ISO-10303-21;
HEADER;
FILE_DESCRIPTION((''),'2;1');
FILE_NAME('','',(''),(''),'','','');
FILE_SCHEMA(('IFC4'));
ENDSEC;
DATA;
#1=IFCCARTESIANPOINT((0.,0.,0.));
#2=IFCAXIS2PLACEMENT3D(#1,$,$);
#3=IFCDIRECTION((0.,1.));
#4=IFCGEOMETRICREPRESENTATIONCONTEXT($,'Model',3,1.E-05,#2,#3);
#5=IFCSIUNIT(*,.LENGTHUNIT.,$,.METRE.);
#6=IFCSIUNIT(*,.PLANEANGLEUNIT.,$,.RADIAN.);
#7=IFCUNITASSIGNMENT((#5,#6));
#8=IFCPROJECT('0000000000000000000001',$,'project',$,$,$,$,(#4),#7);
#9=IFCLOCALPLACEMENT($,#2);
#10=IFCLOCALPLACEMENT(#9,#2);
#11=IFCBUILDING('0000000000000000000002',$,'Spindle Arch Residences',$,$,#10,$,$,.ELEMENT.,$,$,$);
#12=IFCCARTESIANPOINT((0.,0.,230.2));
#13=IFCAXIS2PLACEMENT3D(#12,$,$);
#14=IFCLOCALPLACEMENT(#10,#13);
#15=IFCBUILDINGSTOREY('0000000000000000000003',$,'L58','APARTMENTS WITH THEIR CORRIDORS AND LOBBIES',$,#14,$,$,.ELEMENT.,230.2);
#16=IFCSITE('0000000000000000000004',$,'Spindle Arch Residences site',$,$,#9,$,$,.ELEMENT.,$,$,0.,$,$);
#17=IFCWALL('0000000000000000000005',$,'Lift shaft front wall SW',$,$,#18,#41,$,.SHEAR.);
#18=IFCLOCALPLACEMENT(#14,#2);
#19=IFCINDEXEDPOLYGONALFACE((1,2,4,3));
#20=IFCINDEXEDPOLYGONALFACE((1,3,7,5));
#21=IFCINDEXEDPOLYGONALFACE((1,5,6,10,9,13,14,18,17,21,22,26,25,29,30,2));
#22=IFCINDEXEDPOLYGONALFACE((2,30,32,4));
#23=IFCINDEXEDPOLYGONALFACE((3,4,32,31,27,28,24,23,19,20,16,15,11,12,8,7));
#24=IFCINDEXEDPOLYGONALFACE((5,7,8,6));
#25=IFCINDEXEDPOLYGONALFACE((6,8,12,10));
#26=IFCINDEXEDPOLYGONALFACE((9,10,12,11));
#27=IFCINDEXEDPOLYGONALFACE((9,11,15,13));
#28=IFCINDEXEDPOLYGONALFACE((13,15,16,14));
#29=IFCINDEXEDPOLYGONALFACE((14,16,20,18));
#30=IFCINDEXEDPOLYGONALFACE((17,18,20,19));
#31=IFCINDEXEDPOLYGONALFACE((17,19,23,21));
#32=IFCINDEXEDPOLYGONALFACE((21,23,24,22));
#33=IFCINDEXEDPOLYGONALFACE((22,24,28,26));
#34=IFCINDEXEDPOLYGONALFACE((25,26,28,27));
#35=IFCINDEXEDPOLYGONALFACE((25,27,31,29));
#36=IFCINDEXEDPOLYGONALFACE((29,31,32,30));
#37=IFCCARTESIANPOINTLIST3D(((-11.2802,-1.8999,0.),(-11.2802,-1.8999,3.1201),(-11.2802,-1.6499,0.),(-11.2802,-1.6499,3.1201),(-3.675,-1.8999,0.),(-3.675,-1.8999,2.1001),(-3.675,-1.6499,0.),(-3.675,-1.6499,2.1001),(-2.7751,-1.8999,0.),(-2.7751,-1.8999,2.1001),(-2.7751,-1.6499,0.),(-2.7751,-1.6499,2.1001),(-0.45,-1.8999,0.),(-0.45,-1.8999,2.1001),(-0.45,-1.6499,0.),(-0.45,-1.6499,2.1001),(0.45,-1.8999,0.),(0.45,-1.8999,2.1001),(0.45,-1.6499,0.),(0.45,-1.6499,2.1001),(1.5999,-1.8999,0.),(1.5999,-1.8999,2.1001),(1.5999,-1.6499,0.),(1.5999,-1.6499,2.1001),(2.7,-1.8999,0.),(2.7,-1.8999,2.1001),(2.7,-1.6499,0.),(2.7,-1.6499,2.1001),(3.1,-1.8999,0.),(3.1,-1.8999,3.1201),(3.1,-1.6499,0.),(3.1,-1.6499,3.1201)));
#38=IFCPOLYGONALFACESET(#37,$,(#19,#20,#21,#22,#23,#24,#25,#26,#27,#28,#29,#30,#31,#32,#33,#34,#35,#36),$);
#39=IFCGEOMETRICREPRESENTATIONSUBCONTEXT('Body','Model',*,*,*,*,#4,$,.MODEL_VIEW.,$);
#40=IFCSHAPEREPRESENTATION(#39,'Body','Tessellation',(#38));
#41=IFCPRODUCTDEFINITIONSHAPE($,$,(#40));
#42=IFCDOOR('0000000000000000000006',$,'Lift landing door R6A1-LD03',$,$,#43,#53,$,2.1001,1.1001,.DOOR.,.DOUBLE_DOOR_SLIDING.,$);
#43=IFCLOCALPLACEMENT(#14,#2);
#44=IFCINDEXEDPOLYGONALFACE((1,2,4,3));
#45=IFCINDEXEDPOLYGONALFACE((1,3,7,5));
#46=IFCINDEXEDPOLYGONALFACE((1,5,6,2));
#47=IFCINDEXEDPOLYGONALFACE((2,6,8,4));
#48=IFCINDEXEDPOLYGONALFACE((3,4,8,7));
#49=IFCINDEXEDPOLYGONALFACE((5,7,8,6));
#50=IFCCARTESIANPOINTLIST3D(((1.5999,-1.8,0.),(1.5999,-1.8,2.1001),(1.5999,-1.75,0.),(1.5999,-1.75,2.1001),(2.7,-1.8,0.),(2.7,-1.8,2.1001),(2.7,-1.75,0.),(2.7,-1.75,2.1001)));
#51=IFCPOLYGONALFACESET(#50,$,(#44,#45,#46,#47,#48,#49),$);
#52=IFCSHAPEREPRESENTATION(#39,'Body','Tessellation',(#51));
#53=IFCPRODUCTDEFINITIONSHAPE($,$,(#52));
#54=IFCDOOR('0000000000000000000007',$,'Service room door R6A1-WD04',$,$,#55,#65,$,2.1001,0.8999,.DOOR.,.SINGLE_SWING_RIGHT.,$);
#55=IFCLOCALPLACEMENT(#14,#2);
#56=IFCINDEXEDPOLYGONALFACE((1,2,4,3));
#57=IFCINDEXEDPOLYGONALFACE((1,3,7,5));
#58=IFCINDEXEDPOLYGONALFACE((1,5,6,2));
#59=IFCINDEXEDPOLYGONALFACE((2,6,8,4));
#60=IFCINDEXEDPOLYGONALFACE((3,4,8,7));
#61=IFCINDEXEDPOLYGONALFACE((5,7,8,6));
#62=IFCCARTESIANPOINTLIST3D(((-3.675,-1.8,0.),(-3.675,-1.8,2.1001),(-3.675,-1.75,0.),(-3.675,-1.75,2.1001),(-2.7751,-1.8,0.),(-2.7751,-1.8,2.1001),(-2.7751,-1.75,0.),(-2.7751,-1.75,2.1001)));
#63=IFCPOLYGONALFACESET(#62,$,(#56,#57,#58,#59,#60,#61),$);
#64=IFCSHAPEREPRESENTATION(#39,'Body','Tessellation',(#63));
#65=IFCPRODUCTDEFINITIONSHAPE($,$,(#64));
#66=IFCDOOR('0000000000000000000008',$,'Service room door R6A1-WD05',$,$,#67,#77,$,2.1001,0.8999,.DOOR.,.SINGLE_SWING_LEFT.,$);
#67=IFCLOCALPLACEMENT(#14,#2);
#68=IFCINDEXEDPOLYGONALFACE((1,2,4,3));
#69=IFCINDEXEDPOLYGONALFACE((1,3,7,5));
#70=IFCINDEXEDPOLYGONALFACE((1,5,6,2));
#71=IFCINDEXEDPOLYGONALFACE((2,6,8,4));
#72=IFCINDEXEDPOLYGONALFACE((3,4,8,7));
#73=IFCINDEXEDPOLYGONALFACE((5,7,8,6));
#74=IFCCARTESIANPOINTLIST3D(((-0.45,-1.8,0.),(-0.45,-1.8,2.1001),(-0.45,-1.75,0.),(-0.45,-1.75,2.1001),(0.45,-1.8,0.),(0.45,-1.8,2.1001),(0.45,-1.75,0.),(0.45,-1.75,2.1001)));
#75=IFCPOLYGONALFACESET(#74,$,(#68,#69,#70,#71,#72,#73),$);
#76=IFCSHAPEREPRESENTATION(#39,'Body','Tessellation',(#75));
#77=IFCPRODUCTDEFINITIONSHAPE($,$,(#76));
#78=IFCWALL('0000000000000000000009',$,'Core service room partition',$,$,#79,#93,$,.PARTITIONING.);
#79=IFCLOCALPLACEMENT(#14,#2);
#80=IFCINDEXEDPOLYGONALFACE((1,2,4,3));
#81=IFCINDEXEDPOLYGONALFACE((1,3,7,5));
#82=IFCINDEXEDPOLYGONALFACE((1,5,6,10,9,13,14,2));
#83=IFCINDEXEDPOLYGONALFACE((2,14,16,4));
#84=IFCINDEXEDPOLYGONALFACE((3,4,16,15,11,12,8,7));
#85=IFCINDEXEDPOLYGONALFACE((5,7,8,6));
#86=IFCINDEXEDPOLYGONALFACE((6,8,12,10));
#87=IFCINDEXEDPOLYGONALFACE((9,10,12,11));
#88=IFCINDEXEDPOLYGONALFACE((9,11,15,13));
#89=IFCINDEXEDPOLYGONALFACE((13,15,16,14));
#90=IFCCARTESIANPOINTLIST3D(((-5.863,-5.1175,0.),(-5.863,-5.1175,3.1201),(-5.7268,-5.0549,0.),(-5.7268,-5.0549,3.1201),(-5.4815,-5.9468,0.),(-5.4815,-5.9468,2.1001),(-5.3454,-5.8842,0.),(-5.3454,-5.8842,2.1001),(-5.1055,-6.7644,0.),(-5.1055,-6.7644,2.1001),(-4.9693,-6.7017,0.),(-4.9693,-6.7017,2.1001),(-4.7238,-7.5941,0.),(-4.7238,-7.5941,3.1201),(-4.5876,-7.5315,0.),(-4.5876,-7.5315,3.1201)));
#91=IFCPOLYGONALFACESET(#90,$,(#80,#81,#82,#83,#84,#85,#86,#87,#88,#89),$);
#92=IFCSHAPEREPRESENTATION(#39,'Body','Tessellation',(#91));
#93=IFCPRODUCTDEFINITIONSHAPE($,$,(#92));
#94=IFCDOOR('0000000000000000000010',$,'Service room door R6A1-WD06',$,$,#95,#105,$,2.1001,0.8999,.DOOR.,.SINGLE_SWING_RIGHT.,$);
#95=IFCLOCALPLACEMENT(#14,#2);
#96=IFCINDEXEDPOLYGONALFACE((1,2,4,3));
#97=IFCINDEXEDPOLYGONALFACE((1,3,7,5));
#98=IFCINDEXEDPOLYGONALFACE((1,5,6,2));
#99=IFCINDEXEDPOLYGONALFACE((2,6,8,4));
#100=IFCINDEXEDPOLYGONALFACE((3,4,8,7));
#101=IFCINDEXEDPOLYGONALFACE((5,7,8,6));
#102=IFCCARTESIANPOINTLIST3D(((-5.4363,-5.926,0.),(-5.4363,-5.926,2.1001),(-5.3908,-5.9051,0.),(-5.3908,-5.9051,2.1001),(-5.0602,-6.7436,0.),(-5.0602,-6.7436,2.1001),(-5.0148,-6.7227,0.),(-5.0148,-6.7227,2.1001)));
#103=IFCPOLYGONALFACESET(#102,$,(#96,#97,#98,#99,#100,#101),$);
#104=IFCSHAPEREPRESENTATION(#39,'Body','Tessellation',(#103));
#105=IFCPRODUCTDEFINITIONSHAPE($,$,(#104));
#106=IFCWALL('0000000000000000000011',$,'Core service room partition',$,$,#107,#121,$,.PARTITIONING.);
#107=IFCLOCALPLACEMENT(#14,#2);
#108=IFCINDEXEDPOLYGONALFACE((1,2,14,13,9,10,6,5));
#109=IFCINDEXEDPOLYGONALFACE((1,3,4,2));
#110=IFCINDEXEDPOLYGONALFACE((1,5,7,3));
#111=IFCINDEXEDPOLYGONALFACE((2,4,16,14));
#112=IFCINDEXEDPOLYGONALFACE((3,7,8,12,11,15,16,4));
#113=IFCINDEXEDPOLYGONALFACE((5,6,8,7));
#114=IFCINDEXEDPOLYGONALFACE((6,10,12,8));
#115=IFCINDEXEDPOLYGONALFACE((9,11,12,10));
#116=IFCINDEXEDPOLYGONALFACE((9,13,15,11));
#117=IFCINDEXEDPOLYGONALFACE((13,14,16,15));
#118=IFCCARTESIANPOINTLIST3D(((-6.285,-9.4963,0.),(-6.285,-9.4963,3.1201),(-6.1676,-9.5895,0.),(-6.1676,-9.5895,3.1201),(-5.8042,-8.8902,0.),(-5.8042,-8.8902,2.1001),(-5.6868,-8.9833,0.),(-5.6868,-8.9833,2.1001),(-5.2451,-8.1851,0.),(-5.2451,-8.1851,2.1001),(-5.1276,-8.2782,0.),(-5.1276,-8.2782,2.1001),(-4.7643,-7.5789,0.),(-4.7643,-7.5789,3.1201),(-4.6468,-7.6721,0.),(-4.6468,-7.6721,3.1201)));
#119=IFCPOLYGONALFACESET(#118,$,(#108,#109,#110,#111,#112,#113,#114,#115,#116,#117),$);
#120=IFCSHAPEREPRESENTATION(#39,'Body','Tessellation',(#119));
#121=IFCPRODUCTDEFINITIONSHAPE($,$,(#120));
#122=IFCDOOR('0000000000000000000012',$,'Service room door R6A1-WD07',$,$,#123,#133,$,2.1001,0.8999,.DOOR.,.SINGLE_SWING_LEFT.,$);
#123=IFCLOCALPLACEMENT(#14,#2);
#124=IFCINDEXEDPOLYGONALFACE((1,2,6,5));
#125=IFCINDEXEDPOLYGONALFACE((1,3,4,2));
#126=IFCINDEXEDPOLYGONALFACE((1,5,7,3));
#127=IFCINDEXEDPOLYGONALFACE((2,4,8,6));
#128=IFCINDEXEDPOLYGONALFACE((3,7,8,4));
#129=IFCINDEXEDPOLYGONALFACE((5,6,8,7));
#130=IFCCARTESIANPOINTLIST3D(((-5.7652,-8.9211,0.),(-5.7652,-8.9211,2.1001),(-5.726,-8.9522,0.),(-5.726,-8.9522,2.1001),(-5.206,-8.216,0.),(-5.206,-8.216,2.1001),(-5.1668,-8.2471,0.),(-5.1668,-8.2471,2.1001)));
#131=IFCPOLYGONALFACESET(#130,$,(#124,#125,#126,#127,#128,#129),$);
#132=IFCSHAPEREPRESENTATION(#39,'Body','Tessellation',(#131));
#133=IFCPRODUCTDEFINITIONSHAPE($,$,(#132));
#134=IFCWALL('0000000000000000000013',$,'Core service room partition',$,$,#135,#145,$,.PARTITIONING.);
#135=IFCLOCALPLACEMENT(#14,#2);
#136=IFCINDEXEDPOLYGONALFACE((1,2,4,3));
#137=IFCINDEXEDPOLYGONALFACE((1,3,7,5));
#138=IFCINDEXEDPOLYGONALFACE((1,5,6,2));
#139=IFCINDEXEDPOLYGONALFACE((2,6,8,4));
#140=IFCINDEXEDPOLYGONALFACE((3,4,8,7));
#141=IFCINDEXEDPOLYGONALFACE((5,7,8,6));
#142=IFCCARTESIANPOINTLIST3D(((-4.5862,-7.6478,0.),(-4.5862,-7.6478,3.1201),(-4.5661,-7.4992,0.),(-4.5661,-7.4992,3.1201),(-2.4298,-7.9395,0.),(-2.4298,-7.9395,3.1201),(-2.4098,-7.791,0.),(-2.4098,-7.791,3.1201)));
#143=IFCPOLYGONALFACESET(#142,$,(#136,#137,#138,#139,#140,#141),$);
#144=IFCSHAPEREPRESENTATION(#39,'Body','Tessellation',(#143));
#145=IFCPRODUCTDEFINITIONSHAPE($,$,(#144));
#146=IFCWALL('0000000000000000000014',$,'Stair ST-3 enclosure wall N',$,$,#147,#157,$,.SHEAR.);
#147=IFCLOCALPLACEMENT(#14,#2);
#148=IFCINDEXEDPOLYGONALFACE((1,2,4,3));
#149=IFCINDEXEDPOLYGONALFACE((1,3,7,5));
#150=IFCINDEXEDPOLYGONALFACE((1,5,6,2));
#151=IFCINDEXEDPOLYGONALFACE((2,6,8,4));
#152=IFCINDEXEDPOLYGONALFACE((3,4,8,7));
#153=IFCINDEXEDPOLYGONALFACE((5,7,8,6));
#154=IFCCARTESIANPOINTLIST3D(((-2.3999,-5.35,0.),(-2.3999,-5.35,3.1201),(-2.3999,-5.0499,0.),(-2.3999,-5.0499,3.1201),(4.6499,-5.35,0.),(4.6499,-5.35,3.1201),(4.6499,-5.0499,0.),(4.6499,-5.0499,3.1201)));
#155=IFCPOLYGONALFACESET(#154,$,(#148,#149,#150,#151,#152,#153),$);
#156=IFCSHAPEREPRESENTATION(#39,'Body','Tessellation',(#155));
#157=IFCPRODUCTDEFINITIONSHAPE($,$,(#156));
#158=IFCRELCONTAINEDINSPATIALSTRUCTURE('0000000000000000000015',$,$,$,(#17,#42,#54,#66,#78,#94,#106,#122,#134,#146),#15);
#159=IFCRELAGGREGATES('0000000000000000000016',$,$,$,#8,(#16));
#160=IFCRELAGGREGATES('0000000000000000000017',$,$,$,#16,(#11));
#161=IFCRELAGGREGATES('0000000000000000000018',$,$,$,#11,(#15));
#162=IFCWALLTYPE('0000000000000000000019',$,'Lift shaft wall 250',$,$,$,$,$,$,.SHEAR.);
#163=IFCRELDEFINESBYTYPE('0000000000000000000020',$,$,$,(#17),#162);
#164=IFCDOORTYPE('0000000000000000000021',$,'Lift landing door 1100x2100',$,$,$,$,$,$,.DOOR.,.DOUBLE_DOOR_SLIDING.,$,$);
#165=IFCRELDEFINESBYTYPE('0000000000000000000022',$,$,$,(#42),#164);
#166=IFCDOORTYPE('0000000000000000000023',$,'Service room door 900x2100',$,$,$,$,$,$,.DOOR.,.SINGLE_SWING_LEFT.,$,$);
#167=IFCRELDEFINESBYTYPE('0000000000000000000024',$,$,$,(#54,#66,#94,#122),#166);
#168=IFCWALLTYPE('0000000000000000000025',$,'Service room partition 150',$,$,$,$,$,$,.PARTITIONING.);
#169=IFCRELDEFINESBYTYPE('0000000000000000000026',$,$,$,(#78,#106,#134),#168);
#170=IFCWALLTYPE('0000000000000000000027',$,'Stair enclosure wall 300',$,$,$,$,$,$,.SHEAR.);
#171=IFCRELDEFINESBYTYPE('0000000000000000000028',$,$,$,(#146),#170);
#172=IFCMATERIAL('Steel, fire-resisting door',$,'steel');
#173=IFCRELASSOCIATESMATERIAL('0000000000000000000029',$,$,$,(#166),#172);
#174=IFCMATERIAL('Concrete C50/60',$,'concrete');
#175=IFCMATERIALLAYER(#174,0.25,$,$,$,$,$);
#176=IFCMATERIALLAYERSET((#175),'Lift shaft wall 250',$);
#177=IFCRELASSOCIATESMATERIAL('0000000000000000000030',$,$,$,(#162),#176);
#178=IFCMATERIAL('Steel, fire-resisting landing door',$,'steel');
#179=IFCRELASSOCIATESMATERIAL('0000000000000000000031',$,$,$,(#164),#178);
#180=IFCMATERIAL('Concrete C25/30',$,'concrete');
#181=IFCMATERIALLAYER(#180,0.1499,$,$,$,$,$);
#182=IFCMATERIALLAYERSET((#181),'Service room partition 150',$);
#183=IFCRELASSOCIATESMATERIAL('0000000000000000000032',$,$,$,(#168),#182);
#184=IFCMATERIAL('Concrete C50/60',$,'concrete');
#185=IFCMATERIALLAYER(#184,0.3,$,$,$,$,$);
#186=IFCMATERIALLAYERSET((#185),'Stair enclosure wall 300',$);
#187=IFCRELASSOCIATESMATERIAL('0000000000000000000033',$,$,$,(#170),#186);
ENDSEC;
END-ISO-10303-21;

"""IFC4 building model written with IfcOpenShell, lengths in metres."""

from ifc_helpers import new_model, si_unit, direction, frame, frame_2d, origin, place, context, subcontext, project, spatial, rectangle, extrude, material, layer, layer_set, type_object, element, fill, save


model = new_model("IFC4")

# Units and contexts
model_context = context("Model", 3, precision=1e-05, world=origin(), true_north=direction((0.0, 1.0)))
body_context = subcontext(model_context, "Body", "Model", "MODEL_VIEW")
ifc_project = project(units=[si_unit("LENGTHUNIT", "METRE"), si_unit("PLANEANGLEUNIT", "RADIAN")], contexts=[model_context])

# Site, building, storey
site_placement = place(None, origin())
site = spatial("IfcSite", under=ifc_project, at=site_placement, Name="Spindle Arch Residences site", CompositionType="ELEMENT", RefElevation=0.0)
building_placement = place(site_placement, origin())
building = spatial("IfcBuilding", under=site, at=building_placement, Name="Spindle Arch Residences", CompositionType="ELEMENT")
storey_placement = place(building_placement, frame((0.0, 0.0, 230.2)))
storey = spatial("IfcBuildingStorey", under=building, at=storey_placement, Name="L58", Description="APARTMENTS WITH THEIR CORRIDORS AND LOBBIES", CompositionType="ELEMENT", Elevation=230.2)

# Shared definitions
ifc_material_1 = material(Name="Steel, fire-resisting door", Category="steel")
door_type_1 = type_object("IfcDoorType", Name="Service room door 900x2100", OperationType="SINGLE_SWING_LEFT", PredefinedType="DOOR", material=ifc_material_1)

# Wall, openings, doors
ifc_material_2 = material(Name="Concrete C50/60", Category="concrete")
ifc_layer_1 = layer(ifc_material_2, 0.25)
ifc_layer_set_1 = layer_set([ifc_layer_1], Name="Lift shaft wall 250")
wall_type_1 = type_object("IfcWallType", Name="Lift shaft wall 250", PredefinedType="SHEAR", material=ifc_layer_set_1)
wall_1_placement = place(storey_placement, frame((-11.28, -1.7749, 0.0), z_axis=(0.0, 0.0, 1.0), x_axis=(1.0, 0.0, 0.0)))
wall_1 = element("IfcWall", 1, at=wall_1_placement, inside=storey, type_object=wall_type_1, Name="Lift shaft front wall SW", PredefinedType="SHEAR", context=body_context, shape_type="SweptSolid", body=[
    extrude(rectangle(XDim=14.3801, YDim=0.25, at=frame_2d((7.1899, 0.0))), origin(), (0.0, 0.0, 1.0), 3.1201),
])
opening_1_placement = place(wall_1_placement, frame((12.8799, 0.0, 0.0)))
opening_1 = element("IfcOpeningElement", 2, at=opening_1_placement, cuts=wall_1, PredefinedType="OPENING", context=body_context, shape_type="SweptSolid", body=[
    extrude(rectangle(XDim=1.1001, YDim=2.1001, at=frame_2d((0.55, 1.05))), frame((0.0, 0.135, 0.0), z_axis=(0.0, -1.0, 0.0), x_axis=(1.0, 0.0, 0.0)), (0.0, 0.0, 1.0), 0.27),
])
opening_2_placement = place(wall_1_placement, frame((7.605, 0.0, 0.0)))
opening_2 = element("IfcOpeningElement", 3, at=opening_2_placement, cuts=wall_1, PredefinedType="OPENING", context=body_context, shape_type="SweptSolid", body=[
    extrude(rectangle(XDim=0.8999, YDim=2.1001, at=frame_2d((0.45, 1.05))), frame((0.0, 0.135, 0.0), z_axis=(0.0, -1.0, 0.0), x_axis=(1.0, 0.0, 0.0)), (0.0, 0.0, 1.0), 0.27),
])
opening_3_placement = place(wall_1_placement, frame((10.8301, 0.0, 0.0)))
opening_3 = element("IfcOpeningElement", 4, at=opening_3_placement, cuts=wall_1, PredefinedType="OPENING", context=body_context, shape_type="SweptSolid", body=[
    extrude(rectangle(XDim=0.8999, YDim=2.1001, at=frame_2d((0.45, 1.05))), frame((0.0, 0.135, 0.0), z_axis=(0.0, -1.0, 0.0), x_axis=(1.0, 0.0, 0.0)), (0.0, 0.0, 1.0), 0.27),
])
ifc_material_3 = material(Name="Steel, fire-resisting landing door", Category="steel")
door_type_2 = type_object("IfcDoorType", Name="Lift landing door 1100x2100", OperationType="DOUBLE_DOOR_SLIDING", PredefinedType="DOOR", material=ifc_material_3)
door_1_placement = place(opening_1_placement, origin())
door_1 = element("IfcDoor", 5, at=door_1_placement, inside=storey, type_object=door_type_2, Name="Lift landing door R6A1-LD03", OperationType="DOUBLE_DOOR_SLIDING", OverallHeight=2.1001, OverallWidth=1.1001, PredefinedType="DOOR", context=body_context, shape_type="SweptSolid", body=[
    extrude(rectangle(XDim=1.1001, YDim=2.1001, at=frame_2d((0.55, 1.05))), frame((0.0, 0.0249, 0.0), z_axis=(0.0, -1.0, 0.0), x_axis=(1.0, 0.0, 0.0)), (0.0, 0.0, 1.0), 0.05),
])
fill(opening_1, door_1)
door_2_placement = place(opening_2_placement, origin())
door_2 = element("IfcDoor", 6, at=door_2_placement, inside=storey, type_object=door_type_1, Name="Service room door R6A1-WD04", OperationType="SINGLE_SWING_RIGHT", OverallHeight=2.1001, OverallWidth=0.8999, PredefinedType="DOOR", context=body_context, shape_type="SweptSolid", body=[
    extrude(rectangle(XDim=0.8999, YDim=2.1001, at=frame_2d((0.45, 1.05))), frame((0.0, 0.0249, 0.0), z_axis=(0.0, -1.0, 0.0), x_axis=(1.0, 0.0, 0.0)), (0.0, 0.0, 1.0), 0.05),
])
fill(opening_2, door_2)
door_3_placement = place(opening_3_placement, origin())
door_3 = element("IfcDoor", 7, at=door_3_placement, inside=storey, type_object=door_type_1, Name="Service room door R6A1-WD05", OperationType="SINGLE_SWING_LEFT", OverallHeight=2.1001, OverallWidth=0.8999, PredefinedType="DOOR", context=body_context, shape_type="SweptSolid", body=[
    extrude(rectangle(XDim=0.8999, YDim=2.1001, at=frame_2d((0.45, 1.05))), frame((0.0, 0.0249, 0.0), z_axis=(0.0, -1.0, 0.0), x_axis=(1.0, 0.0, 0.0)), (0.0, 0.0, 1.0), 0.05),
])
fill(opening_3, door_3)

# Walls, openings, doors
ifc_material_4 = material(Name="Concrete C25/30", Category="concrete")
ifc_layer_2 = layer(ifc_material_4, 0.1499)
ifc_layer_set_2 = layer_set([ifc_layer_2], Name="Service room partition 150")
wall_type_2 = type_object("IfcWallType", Name="Service room partition 150", PredefinedType="PARTITIONING", material=ifc_layer_set_2)
wall_2_placement = place(storey_placement, frame((-5.7949, -5.0862, 0.0), z_axis=(0.0, 0.0, 1.0), x_axis=(0.417888, -0.908499, 0.0)))
wall_2 = element("IfcWall", 8, at=wall_2_placement, inside=storey, type_object=wall_type_2, Name="Core service room partition", PredefinedType="PARTITIONING", context=body_context, shape_type="SweptSolid", body=[
    extrude(rectangle(XDim=2.7261, YDim=0.1499, at=frame_2d((1.363, 0.0))), origin(), (0.0, 0.0, 1.0), 3.1201),
])
opening_4_placement = place(wall_2_placement, frame((0.9128, 0.0, 0.0)))
opening_4 = element("IfcOpeningElement", 9, at=opening_4_placement, cuts=wall_2, PredefinedType="OPENING", context=body_context, shape_type="SweptSolid", body=[
    extrude(rectangle(XDim=0.8999, YDim=2.1001, at=frame_2d((0.45, 1.05))), frame((0.0, 0.085, 0.0), z_axis=(0.0, -1.0, 0.0), x_axis=(1.0, 0.0, 0.0)), (0.0, 0.0, 1.0), 0.1699),
])
door_4_placement = place(opening_4_placement, origin())
door_4 = element("IfcDoor", 10, at=door_4_placement, inside=storey, type_object=door_type_1, Name="Service room door R6A1-WD06", OperationType="SINGLE_SWING_RIGHT", OverallHeight=2.1001, OverallWidth=0.8999, PredefinedType="DOOR", context=body_context, shape_type="SweptSolid", body=[
    extrude(rectangle(XDim=0.8999, YDim=2.1001, at=frame_2d((0.45, 1.05))), frame((0.0, 0.0249, 0.0), z_axis=(0.0, -1.0, 0.0), x_axis=(1.0, 0.0, 0.0)), (0.0, 0.0, 1.0), 0.05),
])
fill(opening_4, door_4)
wall_3_placement = place(storey_placement, frame((-4.7056, -7.6255, 0.0), z_axis=(0.0, 0.0, 1.0), x_axis=(-0.621393, -0.783499, 0.0)))
wall_3 = element("IfcWall", 11, at=wall_3_placement, inside=storey, type_object=wall_type_2, Name="Core service room partition", PredefinedType="PARTITIONING", context=body_context, shape_type="SweptSolid", body=[
    extrude(rectangle(XDim=2.4473, YDim=0.1499, at=frame_2d((1.2236, 0.0))), origin(), (0.0, 0.0, 1.0), 3.1201),
])
opening_5_placement = place(wall_3_placement, frame((0.7737, 0.0, 0.0)))
opening_5 = element("IfcOpeningElement", 12, at=opening_5_placement, cuts=wall_3, PredefinedType="OPENING", context=body_context, shape_type="SweptSolid", body=[
    extrude(rectangle(XDim=0.8999, YDim=2.1001, at=frame_2d((0.45, 1.05))), frame((0.0, 0.085, 0.0), z_axis=(0.0, -1.0, 0.0), x_axis=(1.0, 0.0, 0.0)), (0.0, 0.0, 1.0), 0.1699),
])
door_5_placement = place(opening_5_placement, origin())
door_5 = element("IfcDoor", 13, at=door_5_placement, inside=storey, type_object=door_type_1, Name="Service room door R6A1-WD07", OperationType="SINGLE_SWING_LEFT", OverallHeight=2.1001, OverallWidth=0.8999, PredefinedType="DOOR", context=body_context, shape_type="SweptSolid", body=[
    extrude(rectangle(XDim=0.8999, YDim=2.1001, at=frame_2d((0.45, 1.05))), frame((0.0, 0.0249, 0.0), z_axis=(0.0, -1.0, 0.0), x_axis=(1.0, 0.0, 0.0)), (0.0, 0.0, 1.0), 0.05),
])
fill(opening_5, door_5)

# Walls
wall_4_placement = place(storey_placement, frame((-2.4199, -7.8652, 0.0), z_axis=(0.0, 0.0, 1.0), x_axis=(-0.990972, 0.134067, 0.0)))
element("IfcWall", 14, at=wall_4_placement, inside=storey, type_object=wall_type_2, Name="Core service room partition", PredefinedType="PARTITIONING", context=body_context, shape_type="SweptSolid", body=[
    extrude(rectangle(XDim=2.176, YDim=0.1499, at=frame_2d((1.0879, 0.0))), origin(), (0.0, 0.0, 1.0), 3.1201),
])
ifc_material_5 = material(Name="Concrete C50/60", Category="concrete")
ifc_layer_3 = layer(ifc_material_5, 0.3)
ifc_layer_set_3 = layer_set([ifc_layer_3], Name="Stair enclosure wall 300")
wall_type_3 = type_object("IfcWallType", Name="Stair enclosure wall 300", PredefinedType="SHEAR", material=ifc_layer_set_3)
wall_5_placement = place(storey_placement, frame((-2.3999, -5.2, 0.0), z_axis=(0.0, 0.0, 1.0), x_axis=(1.0, 0.0, 0.0)))
element("IfcWall", 15, at=wall_5_placement, inside=storey, type_object=wall_type_3, Name="Stair ST-3 enclosure wall N", PredefinedType="SHEAR", context=body_context, shape_type="SweptSolid", body=[
    extrude(rectangle(XDim=7.0498, YDim=0.3, at=frame_2d((3.5249, 0.0))), origin(), (0.0, 0.0, 1.0), 3.1201),
])

save(model, "model.ifc")
